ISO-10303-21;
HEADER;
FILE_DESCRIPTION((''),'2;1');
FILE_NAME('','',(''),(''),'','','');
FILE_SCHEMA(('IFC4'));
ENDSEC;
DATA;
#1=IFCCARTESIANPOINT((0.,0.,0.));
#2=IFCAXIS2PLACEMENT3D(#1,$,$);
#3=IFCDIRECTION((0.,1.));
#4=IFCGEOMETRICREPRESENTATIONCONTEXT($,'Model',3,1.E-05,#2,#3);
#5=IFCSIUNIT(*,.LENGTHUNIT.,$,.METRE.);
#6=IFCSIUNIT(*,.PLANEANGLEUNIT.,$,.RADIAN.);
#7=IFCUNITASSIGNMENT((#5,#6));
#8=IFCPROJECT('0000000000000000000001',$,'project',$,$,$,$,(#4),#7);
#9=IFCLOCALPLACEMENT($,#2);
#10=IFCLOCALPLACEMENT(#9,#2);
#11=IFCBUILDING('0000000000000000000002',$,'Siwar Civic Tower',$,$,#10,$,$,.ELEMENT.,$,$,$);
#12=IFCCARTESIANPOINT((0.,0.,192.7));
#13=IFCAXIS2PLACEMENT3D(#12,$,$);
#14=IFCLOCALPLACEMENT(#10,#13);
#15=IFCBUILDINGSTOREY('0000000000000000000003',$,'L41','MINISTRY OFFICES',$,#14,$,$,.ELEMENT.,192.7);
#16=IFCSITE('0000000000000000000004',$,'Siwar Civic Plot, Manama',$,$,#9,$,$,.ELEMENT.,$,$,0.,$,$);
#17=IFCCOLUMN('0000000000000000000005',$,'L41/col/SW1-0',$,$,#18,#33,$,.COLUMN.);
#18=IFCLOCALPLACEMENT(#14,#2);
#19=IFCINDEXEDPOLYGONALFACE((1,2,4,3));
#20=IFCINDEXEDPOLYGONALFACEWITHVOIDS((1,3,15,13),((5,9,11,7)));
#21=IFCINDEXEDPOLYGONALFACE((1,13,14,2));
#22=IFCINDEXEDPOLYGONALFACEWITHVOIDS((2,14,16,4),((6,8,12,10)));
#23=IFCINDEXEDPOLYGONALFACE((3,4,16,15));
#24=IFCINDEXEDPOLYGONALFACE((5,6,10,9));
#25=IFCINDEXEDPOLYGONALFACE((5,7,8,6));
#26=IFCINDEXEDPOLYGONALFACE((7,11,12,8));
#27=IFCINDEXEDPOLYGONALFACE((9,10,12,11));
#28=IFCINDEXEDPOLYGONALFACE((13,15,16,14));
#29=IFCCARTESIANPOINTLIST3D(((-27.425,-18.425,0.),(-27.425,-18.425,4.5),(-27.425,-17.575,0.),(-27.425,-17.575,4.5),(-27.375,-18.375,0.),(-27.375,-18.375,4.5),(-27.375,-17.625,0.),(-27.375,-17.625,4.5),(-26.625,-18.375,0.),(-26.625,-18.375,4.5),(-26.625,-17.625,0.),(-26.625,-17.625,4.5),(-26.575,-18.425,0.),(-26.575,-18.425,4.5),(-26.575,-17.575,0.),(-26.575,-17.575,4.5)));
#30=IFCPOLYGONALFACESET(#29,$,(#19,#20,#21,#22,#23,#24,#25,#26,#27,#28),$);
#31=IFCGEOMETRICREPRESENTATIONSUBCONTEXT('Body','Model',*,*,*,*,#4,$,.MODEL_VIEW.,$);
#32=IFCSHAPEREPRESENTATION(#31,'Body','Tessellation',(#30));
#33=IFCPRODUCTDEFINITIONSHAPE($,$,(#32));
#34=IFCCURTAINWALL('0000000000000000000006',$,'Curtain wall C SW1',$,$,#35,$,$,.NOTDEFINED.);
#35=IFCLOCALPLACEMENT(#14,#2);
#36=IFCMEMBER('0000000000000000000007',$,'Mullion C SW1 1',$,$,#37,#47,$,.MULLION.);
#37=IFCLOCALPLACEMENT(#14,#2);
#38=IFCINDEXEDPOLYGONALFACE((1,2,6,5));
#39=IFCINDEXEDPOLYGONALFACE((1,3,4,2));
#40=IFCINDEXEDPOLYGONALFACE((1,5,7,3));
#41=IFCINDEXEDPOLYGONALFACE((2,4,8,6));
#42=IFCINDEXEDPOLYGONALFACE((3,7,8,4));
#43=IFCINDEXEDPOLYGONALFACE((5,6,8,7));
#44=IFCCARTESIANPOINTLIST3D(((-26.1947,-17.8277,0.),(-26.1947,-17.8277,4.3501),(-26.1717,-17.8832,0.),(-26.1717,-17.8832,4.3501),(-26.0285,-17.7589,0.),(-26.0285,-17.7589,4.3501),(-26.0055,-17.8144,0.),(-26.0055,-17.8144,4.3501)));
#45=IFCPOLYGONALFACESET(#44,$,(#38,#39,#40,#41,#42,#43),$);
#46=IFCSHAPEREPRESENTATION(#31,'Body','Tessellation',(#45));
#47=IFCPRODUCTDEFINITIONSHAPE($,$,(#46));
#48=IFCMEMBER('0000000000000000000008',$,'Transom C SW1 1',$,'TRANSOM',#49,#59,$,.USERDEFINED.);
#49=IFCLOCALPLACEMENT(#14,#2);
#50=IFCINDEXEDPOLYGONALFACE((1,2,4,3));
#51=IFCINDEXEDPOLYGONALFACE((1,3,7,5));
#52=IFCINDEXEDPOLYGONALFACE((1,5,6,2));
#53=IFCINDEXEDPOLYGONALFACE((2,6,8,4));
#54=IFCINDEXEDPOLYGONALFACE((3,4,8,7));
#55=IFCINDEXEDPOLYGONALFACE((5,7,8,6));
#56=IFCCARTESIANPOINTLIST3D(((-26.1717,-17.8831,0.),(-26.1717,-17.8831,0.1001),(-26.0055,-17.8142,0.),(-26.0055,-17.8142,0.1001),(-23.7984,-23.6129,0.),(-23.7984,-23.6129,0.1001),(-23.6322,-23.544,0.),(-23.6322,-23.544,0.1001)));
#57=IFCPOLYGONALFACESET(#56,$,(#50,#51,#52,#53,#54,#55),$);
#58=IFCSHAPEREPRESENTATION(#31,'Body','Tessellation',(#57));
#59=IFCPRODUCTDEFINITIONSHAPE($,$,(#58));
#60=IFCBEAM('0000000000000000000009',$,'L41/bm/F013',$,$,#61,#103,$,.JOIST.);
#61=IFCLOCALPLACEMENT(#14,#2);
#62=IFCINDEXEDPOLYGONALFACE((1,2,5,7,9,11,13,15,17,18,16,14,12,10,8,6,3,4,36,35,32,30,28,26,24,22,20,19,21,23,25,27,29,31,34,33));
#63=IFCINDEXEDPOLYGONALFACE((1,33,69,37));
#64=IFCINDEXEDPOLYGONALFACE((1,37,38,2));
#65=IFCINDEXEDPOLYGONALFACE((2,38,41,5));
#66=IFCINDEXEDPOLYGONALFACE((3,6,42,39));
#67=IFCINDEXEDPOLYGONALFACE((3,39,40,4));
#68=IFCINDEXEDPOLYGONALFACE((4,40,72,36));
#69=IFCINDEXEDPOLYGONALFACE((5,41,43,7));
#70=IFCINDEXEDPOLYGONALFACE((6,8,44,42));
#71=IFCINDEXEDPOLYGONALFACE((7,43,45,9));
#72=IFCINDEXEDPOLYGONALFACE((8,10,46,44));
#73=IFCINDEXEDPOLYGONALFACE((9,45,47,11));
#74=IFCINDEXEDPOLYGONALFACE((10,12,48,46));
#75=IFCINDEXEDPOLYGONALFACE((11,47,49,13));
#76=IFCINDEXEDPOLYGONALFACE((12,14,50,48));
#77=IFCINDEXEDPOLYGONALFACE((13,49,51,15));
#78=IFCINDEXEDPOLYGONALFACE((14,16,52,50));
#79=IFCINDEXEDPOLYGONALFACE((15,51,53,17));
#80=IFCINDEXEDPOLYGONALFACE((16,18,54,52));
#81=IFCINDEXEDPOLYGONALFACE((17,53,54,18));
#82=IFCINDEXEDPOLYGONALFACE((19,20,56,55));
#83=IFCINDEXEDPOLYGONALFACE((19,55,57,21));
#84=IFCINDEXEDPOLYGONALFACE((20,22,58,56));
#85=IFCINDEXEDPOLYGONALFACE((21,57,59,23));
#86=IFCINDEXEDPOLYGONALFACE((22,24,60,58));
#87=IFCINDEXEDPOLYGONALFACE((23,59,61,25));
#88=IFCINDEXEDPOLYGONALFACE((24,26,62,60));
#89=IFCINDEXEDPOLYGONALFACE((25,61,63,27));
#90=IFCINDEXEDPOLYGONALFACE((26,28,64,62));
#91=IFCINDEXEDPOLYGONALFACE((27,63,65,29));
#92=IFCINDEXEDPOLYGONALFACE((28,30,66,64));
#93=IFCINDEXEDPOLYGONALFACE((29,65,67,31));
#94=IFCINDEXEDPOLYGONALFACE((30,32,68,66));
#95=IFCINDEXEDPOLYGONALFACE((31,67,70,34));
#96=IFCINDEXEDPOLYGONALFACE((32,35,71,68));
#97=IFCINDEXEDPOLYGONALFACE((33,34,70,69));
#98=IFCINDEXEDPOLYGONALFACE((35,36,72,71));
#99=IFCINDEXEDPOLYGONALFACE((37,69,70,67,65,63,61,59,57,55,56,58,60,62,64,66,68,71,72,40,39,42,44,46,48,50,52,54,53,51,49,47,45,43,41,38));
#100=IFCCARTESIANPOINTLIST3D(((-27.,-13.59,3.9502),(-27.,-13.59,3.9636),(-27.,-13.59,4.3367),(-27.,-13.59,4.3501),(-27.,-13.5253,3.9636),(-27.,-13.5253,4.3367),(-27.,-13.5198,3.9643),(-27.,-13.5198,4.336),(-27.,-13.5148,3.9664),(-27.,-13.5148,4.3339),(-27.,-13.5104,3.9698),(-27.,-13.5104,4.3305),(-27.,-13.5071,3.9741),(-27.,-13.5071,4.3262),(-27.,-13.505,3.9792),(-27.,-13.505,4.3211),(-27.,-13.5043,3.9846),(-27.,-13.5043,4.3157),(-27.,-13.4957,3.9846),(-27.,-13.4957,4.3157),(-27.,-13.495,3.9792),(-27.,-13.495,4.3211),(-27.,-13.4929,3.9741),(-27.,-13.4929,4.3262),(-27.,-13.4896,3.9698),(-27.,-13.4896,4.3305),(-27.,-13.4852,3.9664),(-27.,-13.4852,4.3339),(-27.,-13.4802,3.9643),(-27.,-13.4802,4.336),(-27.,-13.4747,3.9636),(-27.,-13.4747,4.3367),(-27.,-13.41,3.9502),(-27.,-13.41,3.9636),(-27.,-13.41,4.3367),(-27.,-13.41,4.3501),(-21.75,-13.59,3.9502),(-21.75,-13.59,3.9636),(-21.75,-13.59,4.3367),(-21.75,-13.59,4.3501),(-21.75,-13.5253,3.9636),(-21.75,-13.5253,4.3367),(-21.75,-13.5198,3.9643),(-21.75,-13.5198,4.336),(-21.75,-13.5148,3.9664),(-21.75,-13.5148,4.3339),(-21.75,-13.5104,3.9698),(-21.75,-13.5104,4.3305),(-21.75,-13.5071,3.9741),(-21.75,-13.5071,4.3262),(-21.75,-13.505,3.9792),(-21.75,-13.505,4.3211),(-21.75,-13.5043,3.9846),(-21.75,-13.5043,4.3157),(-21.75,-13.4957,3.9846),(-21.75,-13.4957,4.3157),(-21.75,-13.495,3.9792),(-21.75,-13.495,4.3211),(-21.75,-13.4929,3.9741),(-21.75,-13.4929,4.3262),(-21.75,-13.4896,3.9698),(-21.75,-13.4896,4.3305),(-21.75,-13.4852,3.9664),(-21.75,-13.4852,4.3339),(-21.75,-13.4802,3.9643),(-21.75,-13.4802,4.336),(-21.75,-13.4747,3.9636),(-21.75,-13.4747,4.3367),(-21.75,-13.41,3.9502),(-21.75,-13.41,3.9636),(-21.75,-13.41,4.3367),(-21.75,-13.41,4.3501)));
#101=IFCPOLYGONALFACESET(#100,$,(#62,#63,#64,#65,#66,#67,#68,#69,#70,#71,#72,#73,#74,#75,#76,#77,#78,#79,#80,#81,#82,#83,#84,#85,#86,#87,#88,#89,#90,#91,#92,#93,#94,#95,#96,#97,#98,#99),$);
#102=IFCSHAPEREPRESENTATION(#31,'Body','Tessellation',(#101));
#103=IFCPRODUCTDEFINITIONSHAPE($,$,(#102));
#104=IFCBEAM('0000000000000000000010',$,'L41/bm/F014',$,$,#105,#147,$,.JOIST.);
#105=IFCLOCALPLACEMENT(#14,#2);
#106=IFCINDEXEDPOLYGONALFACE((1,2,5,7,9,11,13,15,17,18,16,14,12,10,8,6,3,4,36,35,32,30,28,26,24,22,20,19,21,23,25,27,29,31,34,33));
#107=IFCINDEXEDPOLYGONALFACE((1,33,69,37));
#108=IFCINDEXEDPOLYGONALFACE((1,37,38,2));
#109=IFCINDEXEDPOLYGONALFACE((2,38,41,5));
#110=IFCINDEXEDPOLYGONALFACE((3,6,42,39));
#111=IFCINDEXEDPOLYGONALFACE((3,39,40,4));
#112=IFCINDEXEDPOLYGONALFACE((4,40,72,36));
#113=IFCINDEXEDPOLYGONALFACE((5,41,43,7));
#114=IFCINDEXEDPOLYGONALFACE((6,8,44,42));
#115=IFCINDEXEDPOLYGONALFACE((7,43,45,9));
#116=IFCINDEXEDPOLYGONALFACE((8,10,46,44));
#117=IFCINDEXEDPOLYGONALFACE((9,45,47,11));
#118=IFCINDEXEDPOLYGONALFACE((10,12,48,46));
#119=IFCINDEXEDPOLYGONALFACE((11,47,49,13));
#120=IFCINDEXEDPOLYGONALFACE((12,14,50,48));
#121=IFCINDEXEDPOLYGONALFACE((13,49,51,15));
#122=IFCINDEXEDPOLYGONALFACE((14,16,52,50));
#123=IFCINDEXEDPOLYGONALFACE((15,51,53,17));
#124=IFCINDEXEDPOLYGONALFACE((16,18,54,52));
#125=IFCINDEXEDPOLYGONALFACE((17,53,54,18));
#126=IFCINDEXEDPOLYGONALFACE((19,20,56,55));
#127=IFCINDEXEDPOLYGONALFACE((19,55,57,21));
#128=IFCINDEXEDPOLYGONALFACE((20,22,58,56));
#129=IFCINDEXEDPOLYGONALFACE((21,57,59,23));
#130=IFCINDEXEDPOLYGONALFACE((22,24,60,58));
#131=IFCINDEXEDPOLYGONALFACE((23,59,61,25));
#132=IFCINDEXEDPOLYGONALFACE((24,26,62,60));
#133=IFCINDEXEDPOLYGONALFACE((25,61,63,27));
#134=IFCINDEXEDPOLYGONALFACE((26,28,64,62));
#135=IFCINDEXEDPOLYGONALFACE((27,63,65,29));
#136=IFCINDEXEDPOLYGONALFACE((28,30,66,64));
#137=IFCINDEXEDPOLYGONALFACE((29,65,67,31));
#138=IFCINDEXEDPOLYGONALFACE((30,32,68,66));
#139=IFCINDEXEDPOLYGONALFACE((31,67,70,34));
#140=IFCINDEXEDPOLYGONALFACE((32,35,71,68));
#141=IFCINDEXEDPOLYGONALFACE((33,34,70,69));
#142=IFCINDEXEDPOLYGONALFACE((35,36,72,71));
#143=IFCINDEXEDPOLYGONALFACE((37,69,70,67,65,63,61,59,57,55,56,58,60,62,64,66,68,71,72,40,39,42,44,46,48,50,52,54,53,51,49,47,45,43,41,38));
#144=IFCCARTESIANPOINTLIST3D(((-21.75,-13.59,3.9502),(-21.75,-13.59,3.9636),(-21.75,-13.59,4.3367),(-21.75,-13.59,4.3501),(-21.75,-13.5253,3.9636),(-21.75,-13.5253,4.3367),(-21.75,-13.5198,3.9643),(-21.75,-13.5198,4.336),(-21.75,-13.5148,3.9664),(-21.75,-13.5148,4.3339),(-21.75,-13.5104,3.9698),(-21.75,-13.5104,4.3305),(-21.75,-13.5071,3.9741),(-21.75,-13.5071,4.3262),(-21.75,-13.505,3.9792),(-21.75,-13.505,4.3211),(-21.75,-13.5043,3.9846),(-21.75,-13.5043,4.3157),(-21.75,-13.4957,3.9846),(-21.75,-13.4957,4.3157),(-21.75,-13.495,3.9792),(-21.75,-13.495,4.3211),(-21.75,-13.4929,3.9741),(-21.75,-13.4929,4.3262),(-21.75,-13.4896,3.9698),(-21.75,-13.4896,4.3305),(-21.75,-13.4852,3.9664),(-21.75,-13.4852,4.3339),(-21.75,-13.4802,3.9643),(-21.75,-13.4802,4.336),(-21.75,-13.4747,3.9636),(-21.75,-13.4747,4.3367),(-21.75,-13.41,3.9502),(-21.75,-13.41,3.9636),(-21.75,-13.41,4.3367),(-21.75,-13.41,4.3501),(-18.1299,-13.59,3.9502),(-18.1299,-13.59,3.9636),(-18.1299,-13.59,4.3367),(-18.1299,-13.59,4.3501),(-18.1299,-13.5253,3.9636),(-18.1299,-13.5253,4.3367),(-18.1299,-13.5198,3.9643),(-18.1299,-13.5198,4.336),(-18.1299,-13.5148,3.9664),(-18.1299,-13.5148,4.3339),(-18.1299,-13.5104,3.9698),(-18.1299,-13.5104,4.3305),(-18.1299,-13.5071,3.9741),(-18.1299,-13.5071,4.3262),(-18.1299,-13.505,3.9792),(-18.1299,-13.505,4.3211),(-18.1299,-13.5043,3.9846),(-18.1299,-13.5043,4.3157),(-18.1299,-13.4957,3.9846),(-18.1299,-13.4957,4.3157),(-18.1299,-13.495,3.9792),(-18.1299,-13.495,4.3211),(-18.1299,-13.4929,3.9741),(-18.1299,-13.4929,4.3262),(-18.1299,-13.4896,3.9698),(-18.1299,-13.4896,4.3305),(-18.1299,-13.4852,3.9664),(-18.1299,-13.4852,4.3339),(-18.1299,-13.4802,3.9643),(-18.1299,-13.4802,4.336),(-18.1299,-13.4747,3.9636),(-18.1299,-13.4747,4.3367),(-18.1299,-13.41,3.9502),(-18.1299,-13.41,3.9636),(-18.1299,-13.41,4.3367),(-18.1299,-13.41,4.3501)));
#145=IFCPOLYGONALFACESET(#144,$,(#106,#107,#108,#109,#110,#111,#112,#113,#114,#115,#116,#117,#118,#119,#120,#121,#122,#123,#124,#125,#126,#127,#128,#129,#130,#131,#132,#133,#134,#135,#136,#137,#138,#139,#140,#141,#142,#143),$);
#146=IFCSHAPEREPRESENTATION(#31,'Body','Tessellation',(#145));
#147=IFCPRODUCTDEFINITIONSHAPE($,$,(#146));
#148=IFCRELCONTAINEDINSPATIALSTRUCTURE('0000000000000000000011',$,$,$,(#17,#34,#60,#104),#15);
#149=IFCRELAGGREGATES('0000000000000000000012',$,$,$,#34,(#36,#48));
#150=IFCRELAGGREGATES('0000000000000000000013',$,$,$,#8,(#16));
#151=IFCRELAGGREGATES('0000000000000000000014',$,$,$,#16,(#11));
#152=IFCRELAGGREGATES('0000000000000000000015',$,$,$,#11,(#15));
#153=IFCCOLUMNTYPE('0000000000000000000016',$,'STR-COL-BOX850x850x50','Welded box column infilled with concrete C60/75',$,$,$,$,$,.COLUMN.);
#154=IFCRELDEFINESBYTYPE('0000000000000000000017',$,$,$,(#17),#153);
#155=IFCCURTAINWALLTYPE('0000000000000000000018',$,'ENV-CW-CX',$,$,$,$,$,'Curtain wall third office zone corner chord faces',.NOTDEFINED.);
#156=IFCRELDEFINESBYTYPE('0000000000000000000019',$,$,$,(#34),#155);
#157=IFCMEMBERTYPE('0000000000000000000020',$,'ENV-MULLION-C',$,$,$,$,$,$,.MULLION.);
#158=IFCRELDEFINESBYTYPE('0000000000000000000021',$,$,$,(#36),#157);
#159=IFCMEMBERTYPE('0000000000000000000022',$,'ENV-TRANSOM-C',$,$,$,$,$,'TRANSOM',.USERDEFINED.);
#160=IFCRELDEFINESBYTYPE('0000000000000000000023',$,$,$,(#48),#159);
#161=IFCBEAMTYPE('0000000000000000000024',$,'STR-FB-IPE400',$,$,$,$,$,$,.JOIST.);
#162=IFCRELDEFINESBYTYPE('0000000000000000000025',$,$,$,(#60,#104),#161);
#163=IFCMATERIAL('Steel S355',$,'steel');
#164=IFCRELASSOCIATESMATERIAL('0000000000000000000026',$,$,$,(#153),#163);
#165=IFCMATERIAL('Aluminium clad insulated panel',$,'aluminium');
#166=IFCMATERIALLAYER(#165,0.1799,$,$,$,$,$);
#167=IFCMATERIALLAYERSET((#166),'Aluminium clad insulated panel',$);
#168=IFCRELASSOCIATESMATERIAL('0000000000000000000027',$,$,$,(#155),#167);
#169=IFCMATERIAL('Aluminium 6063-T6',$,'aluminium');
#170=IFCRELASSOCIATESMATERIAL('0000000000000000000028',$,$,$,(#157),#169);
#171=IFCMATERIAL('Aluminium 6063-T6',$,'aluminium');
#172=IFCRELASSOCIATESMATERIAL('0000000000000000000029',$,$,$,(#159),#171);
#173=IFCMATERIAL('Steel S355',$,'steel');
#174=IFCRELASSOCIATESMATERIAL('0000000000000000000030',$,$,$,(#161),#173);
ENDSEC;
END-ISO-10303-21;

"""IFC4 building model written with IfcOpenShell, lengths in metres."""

from ifc_helpers import new_model, si_unit, direction, frame, origin, origin_2d, place, context, subcontext, project, spatial, rectangle, hollow_rectangle, i_section, extrude, material, layer, layer_set, material_profile, profile_set, type_object, element, aggregate, save


model = new_model("IFC4")

# Units and contexts
model_context = context("Model", 3, precision=1e-05, world=origin(), true_north=direction((0.0, 1.0)))
body_context = subcontext(model_context, "Body", "Model", "MODEL_VIEW")
ifc_project = project(units=[si_unit("LENGTHUNIT", "METRE"), si_unit("PLANEANGLEUNIT", "RADIAN")], contexts=[model_context])

# Site, building, storey
site_placement = place(None, origin())
site = spatial("IfcSite", under=ifc_project, at=site_placement, Name="Siwar Civic Plot, Manama", CompositionType="ELEMENT", RefElevation=0.0)
building_placement = place(site_placement, origin())
building = spatial("IfcBuilding", under=site, at=building_placement, Name="Siwar Civic Tower", CompositionType="ELEMENT")
storey_placement = place(building_placement, frame((0.0, 0.0, 192.7)))
storey = spatial("IfcBuildingStorey", under=building, at=storey_placement, Name="L41", Description="MINISTRY OFFICES", CompositionType="ELEMENT", Elevation=192.7)

# Column
ifc_material_1 = material(Name="Steel S355", Category="steel")
ifc_material_profile_1 = material_profile(ifc_material_1, hollow_rectangle(XDim=0.8501, YDim=0.8501, WallThickness=0.05, at=origin_2d()), Name="BOX850x850x50")
ifc_profile_set_1 = profile_set([ifc_material_profile_1], Name="Steel S355")
column_type = type_object("IfcColumnType", Name="STR-COL-BOX850x850x50", Description="Welded box column infilled with concrete C60/75", PredefinedType="COLUMN", material=ifc_profile_set_1)
column_placement = place(storey_placement, frame((-27.0, -18.0, 0.0), z_axis=(0.0, 0.0, 1.0), x_axis=(1.0, 0.0, 0.0)))
element("IfcColumn", 1, at=column_placement, inside=storey, type_object=column_type, Name="L41/col/SW1-0", PredefinedType="COLUMN", context=body_context, shape_type="SweptSolid", body=[
    extrude(hollow_rectangle(XDim=0.8501, YDim=0.8501, WallThickness=0.05, at=origin_2d()), origin(), (0.0, 0.0, 1.0), 4.5),
])

# Curtain wall, members
ifc_material_2 = material(Name="Aluminium clad insulated panel", Category="aluminium")
ifc_layer_1 = layer(ifc_material_2, 0.1799)
ifc_layer_set_1 = layer_set([ifc_layer_1], Name="Aluminium clad insulated panel")
curtain_wall_type_1 = type_object("IfcCurtainWallType", Name="ENV-CW-CX", ElementType="Curtain wall third office zone corner chord faces", PredefinedType="NOTDEFINED", material=ifc_layer_set_1)
curtain_wall_1_placement = place(storey_placement, origin())
curtain_wall_1 = element("IfcCurtainWall", 2, at=curtain_wall_1_placement, inside=storey, type_object=curtain_wall_type_1, Name="Curtain wall C SW1", PredefinedType="NOTDEFINED")
ifc_material_3 = material(Name="Aluminium 6063-T6", Category="aluminium")
ifc_material_profile_2 = material_profile(ifc_material_3, rectangle(XDim=0.1799, YDim=0.0601, at=origin_2d()), Name="AL 180x60")
ifc_profile_set_2 = profile_set([ifc_material_profile_2], Name="Aluminium 6063-T6")
member_type_1 = type_object("IfcMemberType", Name="ENV-MULLION-C", PredefinedType="MULLION", material=ifc_profile_set_2)
member_1_placement = place(storey_placement, frame((-26.1001, -17.821, 0.0), z_axis=(0.0, 0.0, 1.0), x_axis=(0.92388, 0.382683, 0.0)))
member_1 = element("IfcMember", 3, at=member_1_placement, type_object=member_type_1, Name="Mullion C SW1 1", PredefinedType="MULLION", context=body_context, shape_type="SweptSolid", body=[
    extrude(rectangle(XDim=0.1799, YDim=0.0601, at=origin_2d()), origin(), (0.0, 0.0, 1.0), 4.3501),
])
ifc_material_4 = material(Name="Aluminium 6063-T6", Category="aluminium")
ifc_material_profile_3 = material_profile(ifc_material_4, rectangle(XDim=0.1799, YDim=0.1001, at=origin_2d()), Name="AL 180x100")
ifc_profile_set_3 = profile_set([ifc_material_profile_3], Name="Aluminium 6063-T6")
member_type_2 = type_object("IfcMemberType", Name="ENV-TRANSOM-C", ElementType="TRANSOM", PredefinedType="USERDEFINED", material=ifc_profile_set_3)
member_2_placement = place(storey_placement, frame((-26.0886, -17.8486, 0.05), z_axis=(0.382677, -0.923882, 0.0), x_axis=(0.923882, 0.382677, 0.0)))
member_2 = element("IfcMember", 4, at=member_2_placement, type_object=member_type_2, Name="Transom C SW1 1", ObjectType="TRANSOM", PredefinedType="USERDEFINED", context=body_context, shape_type="SweptSolid", body=[
    extrude(rectangle(XDim=0.1799, YDim=0.1001, at=origin_2d()), origin(), (0.0, 0.0, 1.0), 6.2019),
])
aggregate(curtain_wall_1, [member_1, member_2])

# Beams
ifc_material_5 = material(Name="Steel S355", Category="steel")
ifc_material_profile_4 = material_profile(ifc_material_5, i_section(OverallWidth=0.1799, OverallDepth=0.3999, WebThickness=0.0085, FlangeThickness=0.0134, FilletRadius=0.021, at=origin_2d()), Name="IPE400")
ifc_profile_set_4 = profile_set([ifc_material_profile_4], Name="Steel S355")
beam_type_1 = type_object("IfcBeamType", Name="STR-FB-IPE400", PredefinedType="JOIST", material=ifc_profile_set_4)
beam_1_placement = place(storey_placement, frame((-27.0, -13.5, 4.1501), z_axis=(1.0, 0.0, 0.0), x_axis=(0.0, 1.0, 0.0)))
element("IfcBeam", 5, at=beam_1_placement, inside=storey, type_object=beam_type_1, Name="L41/bm/F013", PredefinedType="JOIST", context=body_context, shape_type="SweptSolid", body=[
    extrude(i_section(OverallWidth=0.1799, OverallDepth=0.3999, WebThickness=0.0085, FlangeThickness=0.0134, FilletRadius=0.021, at=origin_2d()), origin(), (0.0, 0.0, 1.0), 5.25),
])
beam_2_placement = place(storey_placement, frame((-21.75, -13.5, 4.1501), z_axis=(1.0, 0.0, 0.0), x_axis=(0.0, 1.0, 0.0)))
element("IfcBeam", 6, at=beam_2_placement, inside=storey, type_object=beam_type_1, Name="L41/bm/F014", PredefinedType="JOIST", context=body_context, shape_type="SweptSolid", body=[
    extrude(i_section(OverallWidth=0.1799, OverallDepth=0.3999, WebThickness=0.0085, FlangeThickness=0.0134, FilletRadius=0.021, at=origin_2d()), origin(), (0.0, 0.0, 1.0), 3.6201),
])

save(model, "model.ifc")
